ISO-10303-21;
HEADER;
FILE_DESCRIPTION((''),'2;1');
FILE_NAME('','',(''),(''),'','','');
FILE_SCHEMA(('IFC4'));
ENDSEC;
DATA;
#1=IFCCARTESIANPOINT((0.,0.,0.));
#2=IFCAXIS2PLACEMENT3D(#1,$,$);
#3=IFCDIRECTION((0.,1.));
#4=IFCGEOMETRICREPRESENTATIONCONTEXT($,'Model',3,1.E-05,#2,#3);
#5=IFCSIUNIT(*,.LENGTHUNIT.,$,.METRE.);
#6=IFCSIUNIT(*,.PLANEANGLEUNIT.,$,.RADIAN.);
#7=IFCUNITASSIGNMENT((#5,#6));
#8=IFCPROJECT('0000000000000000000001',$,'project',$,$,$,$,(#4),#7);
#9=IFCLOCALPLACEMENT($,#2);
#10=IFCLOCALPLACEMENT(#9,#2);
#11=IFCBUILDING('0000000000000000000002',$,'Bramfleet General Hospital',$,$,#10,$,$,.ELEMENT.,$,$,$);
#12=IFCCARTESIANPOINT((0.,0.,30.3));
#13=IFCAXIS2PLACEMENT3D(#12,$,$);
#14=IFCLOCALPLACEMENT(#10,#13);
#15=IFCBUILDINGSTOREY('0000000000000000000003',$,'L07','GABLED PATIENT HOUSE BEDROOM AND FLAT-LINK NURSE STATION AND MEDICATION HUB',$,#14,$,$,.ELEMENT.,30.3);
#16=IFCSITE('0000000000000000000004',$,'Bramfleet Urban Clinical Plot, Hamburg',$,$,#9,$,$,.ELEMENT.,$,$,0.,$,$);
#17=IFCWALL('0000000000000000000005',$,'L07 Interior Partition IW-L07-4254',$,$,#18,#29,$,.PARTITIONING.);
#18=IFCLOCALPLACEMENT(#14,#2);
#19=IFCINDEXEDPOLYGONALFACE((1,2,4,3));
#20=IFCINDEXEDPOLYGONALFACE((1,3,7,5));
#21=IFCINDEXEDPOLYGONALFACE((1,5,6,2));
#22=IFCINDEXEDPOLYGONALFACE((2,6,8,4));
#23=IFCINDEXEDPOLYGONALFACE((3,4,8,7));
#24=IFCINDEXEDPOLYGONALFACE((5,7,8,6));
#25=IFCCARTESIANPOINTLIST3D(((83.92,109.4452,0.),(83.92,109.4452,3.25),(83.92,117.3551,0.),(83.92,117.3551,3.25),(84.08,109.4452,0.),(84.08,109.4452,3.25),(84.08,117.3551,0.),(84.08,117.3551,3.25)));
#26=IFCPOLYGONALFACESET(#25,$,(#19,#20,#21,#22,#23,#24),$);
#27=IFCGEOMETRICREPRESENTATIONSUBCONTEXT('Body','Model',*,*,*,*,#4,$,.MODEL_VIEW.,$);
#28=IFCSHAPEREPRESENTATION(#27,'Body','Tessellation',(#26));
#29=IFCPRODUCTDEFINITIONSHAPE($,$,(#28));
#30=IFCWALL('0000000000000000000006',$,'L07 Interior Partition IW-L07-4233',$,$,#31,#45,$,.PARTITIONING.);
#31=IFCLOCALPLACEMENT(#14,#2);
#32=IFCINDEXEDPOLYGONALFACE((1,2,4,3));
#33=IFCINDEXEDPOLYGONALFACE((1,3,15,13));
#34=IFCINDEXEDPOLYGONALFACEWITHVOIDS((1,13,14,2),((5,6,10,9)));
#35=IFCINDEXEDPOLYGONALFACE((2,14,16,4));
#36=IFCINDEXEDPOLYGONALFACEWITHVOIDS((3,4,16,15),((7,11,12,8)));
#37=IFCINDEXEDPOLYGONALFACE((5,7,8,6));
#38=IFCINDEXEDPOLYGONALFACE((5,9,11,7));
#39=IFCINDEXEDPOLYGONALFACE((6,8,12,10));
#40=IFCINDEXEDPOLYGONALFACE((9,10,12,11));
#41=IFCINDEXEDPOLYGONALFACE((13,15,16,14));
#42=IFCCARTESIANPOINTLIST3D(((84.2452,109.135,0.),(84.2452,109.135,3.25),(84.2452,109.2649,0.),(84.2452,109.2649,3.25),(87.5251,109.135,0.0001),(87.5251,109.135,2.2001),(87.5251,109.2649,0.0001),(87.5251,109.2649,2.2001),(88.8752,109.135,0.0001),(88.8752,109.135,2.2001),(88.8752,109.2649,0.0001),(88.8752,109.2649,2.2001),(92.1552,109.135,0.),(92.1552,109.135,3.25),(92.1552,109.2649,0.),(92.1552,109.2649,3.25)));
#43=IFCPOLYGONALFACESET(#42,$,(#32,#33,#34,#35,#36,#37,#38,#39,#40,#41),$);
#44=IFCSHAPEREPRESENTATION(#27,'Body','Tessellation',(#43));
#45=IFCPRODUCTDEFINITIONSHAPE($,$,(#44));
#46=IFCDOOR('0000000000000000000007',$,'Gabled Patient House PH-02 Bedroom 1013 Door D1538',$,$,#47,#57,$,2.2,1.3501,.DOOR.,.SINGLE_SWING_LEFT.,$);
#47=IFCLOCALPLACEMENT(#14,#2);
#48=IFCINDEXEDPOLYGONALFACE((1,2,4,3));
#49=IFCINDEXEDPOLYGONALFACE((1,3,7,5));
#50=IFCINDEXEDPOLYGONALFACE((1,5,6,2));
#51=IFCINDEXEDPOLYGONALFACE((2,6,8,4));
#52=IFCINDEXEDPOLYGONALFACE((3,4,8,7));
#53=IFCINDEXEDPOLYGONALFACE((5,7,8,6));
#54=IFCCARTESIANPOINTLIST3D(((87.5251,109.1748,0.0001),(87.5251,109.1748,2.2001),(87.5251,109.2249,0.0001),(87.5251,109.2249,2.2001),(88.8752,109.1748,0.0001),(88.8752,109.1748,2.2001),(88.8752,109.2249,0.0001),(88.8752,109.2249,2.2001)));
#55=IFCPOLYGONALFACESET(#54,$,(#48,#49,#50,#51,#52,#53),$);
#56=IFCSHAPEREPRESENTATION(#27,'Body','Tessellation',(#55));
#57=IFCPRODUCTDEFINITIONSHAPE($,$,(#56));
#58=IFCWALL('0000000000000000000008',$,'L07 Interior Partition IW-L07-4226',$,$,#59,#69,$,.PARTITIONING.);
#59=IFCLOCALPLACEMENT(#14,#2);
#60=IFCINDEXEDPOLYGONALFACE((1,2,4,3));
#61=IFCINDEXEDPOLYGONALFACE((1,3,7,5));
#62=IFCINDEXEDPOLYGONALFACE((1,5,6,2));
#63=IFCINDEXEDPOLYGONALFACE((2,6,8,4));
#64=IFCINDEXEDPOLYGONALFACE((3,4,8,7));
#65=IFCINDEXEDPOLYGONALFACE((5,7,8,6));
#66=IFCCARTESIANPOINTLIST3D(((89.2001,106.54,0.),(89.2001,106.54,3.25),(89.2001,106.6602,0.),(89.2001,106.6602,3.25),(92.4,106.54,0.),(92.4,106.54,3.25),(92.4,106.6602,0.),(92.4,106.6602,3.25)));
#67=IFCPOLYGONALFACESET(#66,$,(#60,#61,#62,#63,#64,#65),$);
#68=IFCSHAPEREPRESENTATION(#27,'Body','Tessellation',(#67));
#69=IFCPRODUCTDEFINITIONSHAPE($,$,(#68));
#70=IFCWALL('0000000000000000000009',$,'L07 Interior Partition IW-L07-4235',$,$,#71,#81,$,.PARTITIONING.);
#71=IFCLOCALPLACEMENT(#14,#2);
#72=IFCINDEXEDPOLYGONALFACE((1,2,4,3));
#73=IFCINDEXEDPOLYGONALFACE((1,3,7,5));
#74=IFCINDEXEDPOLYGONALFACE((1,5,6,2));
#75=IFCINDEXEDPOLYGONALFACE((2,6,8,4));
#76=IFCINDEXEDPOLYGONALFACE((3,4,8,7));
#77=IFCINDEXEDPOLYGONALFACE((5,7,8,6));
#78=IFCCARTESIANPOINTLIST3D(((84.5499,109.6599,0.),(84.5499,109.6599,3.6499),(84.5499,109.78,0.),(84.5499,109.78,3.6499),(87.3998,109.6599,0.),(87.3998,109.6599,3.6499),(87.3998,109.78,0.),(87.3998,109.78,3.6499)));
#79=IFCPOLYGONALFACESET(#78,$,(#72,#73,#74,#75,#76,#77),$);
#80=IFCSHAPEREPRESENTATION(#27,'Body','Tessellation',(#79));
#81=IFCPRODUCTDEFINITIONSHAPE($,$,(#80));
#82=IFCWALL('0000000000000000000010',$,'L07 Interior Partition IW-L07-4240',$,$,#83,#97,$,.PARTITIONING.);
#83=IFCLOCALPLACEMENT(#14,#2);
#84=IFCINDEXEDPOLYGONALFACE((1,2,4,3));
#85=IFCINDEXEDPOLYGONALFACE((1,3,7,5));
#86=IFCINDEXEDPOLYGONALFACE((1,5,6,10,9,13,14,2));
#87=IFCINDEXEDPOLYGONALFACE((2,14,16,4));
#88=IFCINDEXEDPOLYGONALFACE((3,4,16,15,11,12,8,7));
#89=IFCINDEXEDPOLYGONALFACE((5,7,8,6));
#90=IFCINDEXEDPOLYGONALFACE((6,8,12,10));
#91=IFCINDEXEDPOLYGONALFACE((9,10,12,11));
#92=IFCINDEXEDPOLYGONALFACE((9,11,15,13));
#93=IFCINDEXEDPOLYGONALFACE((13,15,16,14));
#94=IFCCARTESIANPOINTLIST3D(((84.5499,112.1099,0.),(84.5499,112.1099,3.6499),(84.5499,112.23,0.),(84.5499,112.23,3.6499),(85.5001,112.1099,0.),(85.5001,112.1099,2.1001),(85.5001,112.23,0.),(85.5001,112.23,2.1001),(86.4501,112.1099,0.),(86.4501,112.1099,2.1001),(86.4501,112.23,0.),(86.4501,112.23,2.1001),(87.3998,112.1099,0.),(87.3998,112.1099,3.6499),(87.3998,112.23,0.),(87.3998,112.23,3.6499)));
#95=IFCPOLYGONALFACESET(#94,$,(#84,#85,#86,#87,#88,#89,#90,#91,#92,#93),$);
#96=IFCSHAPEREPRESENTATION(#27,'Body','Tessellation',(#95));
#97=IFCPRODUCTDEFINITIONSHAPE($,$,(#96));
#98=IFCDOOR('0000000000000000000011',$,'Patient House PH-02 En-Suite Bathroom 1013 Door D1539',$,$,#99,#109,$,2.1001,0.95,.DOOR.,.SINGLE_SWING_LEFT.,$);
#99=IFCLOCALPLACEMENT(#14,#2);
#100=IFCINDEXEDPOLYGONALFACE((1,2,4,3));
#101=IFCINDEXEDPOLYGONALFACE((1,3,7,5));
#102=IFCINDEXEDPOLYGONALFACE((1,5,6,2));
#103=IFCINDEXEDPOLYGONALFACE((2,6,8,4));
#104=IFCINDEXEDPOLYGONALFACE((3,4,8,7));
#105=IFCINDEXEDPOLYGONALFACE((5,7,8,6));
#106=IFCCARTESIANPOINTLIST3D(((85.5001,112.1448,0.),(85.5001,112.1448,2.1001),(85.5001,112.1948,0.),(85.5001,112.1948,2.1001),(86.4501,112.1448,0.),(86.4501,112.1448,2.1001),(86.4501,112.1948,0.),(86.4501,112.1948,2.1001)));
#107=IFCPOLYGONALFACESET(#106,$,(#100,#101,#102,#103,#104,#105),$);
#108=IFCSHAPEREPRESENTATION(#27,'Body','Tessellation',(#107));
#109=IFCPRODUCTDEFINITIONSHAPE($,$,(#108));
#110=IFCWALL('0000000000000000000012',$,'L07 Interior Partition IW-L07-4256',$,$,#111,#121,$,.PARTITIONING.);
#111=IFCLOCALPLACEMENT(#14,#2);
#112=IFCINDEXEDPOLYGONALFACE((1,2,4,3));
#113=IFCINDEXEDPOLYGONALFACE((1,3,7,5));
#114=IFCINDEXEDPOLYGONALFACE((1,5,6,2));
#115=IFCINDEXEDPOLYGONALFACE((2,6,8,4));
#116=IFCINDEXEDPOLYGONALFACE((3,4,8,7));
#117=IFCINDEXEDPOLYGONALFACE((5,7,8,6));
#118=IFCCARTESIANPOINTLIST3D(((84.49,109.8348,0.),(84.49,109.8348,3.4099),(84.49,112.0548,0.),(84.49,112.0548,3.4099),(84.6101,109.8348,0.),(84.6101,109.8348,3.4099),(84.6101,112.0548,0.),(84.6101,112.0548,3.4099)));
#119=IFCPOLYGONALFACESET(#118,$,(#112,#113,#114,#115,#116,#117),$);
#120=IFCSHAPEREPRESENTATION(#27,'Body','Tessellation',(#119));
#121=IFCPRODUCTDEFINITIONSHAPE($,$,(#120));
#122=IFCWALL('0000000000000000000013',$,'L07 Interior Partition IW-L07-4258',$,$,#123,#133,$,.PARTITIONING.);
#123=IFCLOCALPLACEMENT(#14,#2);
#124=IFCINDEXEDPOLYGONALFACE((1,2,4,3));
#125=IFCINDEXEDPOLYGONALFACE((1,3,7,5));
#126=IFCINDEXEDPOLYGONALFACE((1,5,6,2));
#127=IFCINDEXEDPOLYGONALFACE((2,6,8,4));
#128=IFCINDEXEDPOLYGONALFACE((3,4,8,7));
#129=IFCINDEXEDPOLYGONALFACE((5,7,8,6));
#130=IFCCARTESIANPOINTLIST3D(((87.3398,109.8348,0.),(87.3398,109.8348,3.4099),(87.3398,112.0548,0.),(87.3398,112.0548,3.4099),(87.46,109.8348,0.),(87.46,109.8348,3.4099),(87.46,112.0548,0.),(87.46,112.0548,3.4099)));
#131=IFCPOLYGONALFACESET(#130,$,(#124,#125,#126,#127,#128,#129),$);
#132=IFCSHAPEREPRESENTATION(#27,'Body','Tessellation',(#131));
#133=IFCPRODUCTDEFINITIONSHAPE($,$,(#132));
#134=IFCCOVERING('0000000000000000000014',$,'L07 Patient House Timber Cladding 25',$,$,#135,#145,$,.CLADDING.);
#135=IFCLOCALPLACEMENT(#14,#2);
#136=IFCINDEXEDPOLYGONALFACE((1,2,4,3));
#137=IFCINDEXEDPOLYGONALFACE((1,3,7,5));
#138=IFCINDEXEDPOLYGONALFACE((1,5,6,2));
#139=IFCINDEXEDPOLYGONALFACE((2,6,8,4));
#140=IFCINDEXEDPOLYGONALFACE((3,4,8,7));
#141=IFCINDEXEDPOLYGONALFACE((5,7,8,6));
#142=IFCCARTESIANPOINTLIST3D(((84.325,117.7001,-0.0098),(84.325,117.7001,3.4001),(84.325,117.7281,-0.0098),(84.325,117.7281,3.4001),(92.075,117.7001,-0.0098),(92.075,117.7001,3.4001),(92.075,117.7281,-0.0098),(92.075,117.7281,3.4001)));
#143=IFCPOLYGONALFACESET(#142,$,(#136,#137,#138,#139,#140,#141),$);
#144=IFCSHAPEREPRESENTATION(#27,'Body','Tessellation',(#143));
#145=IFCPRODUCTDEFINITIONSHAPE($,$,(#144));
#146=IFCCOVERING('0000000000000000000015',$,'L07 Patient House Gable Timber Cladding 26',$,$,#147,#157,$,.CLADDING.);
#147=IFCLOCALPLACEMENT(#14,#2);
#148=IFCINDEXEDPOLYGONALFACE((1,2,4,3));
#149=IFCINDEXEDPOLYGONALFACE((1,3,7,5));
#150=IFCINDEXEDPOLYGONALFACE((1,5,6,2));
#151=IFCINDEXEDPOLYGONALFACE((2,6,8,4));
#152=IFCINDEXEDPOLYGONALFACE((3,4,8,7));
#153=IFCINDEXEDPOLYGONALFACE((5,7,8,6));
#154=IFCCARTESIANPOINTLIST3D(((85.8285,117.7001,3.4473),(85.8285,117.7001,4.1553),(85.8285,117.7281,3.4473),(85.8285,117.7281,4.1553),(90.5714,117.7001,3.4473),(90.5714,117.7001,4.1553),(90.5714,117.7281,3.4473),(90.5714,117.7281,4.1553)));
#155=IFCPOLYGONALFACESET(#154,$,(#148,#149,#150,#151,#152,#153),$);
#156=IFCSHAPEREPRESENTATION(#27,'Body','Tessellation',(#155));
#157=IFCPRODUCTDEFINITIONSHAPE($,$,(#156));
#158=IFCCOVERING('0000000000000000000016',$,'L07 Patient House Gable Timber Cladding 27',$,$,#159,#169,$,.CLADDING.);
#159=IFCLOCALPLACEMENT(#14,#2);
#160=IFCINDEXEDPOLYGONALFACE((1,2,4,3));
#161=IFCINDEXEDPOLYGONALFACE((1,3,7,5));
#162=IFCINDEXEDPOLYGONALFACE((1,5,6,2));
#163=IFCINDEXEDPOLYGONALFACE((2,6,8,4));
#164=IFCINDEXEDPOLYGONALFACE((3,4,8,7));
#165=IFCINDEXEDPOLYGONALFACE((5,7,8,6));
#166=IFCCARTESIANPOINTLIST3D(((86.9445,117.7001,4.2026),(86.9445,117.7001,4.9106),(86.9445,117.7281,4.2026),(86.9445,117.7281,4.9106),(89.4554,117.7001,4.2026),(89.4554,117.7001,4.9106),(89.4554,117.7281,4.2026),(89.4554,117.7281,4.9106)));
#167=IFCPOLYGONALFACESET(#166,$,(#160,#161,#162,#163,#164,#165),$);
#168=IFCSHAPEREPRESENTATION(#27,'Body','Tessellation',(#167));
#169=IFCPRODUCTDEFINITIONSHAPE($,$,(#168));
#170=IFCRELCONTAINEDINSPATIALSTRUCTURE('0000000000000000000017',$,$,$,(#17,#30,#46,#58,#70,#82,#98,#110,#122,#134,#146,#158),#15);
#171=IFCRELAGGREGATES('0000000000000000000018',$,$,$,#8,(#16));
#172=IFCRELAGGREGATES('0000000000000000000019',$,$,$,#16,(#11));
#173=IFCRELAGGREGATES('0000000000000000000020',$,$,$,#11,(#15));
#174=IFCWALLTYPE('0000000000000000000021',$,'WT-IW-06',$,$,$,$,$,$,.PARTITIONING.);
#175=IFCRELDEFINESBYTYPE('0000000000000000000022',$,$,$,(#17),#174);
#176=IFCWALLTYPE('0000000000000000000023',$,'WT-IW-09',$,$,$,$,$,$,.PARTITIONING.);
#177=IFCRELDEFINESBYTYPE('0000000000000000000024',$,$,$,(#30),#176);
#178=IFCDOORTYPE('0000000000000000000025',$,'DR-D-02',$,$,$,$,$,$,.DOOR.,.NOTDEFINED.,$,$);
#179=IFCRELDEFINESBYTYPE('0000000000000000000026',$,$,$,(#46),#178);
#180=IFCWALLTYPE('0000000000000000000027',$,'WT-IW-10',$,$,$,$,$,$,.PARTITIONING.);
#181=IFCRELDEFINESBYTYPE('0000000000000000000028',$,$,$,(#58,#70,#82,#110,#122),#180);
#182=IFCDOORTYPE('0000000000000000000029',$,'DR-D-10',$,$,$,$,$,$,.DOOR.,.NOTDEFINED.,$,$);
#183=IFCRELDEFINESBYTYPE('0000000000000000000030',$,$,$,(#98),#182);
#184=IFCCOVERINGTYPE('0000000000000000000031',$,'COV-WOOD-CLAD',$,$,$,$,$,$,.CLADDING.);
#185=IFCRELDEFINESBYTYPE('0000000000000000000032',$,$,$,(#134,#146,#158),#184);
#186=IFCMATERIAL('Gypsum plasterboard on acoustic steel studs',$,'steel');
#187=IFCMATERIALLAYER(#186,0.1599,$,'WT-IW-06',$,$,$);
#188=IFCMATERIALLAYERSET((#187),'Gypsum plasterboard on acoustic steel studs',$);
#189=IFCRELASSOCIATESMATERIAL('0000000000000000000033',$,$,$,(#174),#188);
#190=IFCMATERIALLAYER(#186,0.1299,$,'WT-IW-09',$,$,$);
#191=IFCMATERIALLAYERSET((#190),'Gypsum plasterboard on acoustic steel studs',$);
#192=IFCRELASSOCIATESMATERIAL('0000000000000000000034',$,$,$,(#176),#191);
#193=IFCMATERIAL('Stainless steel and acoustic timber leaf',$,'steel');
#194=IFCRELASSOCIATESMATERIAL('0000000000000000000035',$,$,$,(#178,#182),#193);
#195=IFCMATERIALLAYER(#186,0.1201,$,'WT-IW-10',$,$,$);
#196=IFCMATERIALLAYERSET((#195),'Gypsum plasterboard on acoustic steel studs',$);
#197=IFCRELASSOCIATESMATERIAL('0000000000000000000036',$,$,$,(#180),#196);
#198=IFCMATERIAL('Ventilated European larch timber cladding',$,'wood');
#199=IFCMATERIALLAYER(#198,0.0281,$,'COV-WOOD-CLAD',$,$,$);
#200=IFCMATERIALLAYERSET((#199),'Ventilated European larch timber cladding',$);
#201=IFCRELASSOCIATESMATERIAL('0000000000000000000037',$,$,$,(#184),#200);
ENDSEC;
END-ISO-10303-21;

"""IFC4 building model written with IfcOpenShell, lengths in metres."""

from ifc_helpers import new_model, si_unit, direction, frame, frame_2d, origin, origin_2d, place, context, subcontext, project, spatial, rectangle, extrude, material, layer, layer_set, type_object, element, fill, save


model = new_model("IFC4")

# Units and contexts
model_context = context("Model", 3, precision=1e-05, world=origin(), true_north=direction((0.0, 1.0)))
body_context = subcontext(model_context, "Body", "Model", "MODEL_VIEW")
ifc_project = project(units=[si_unit("LENGTHUNIT", "METRE"), si_unit("PLANEANGLEUNIT", "RADIAN")], contexts=[model_context])

# Site, building, storey
site_placement = place(None, origin())
site = spatial("IfcSite", under=ifc_project, at=site_placement, Name="Bramfleet Urban Clinical Plot, Hamburg", CompositionType="ELEMENT", RefElevation=0.0)
building_placement = place(site_placement, origin())
building = spatial("IfcBuilding", under=site, at=building_placement, Name="Bramfleet General Hospital", CompositionType="ELEMENT")
storey_placement = place(building_placement, frame((0.0, 0.0, 30.3)))
storey = spatial("IfcBuildingStorey", under=building, at=storey_placement, Name="L07", Description="GABLED PATIENT HOUSE BEDROOM AND FLAT-LINK NURSE STATION AND MEDICATION HUB", CompositionType="ELEMENT", Elevation=30.3)

# Wall
ifc_material_1 = material(Name="Gypsum plasterboard on acoustic steel studs", Category="steel")
ifc_layer_1 = layer(ifc_material_1, 0.1599, Name="WT-IW-06")
ifc_layer_set_1 = layer_set([ifc_layer_1], Name="Gypsum plasterboard on acoustic steel studs")
wall_type_1 = type_object("IfcWallType", Name="WT-IW-06", PredefinedType="PARTITIONING", material=ifc_layer_set_1)
wall_1_placement = place(storey_placement, frame((84.0, 109.4451, 0.0), z_axis=(0.0, 0.0, 1.0), x_axis=(0.0, 1.0, 0.0)))
element("IfcWall", 1, at=wall_1_placement, inside=storey, type_object=wall_type_1, Name="L07 Interior Partition IW-L07-4254", PredefinedType="PARTITIONING", context=body_context, shape_type="SweptSolid", body=[
    extrude(rectangle(XDim=7.9099, YDim=0.1599, at=frame_2d((3.9551, 0.0))), origin(), (0.0, 0.0, 1.0), 3.25),
])

# Wall, opening, door
ifc_layer_2 = layer(ifc_material_1, 0.1299, Name="WT-IW-09")
ifc_layer_set_2 = layer_set([ifc_layer_2], Name="Gypsum plasterboard on acoustic steel studs")
wall_type_2 = type_object("IfcWallType", Name="WT-IW-09", PredefinedType="PARTITIONING", material=ifc_layer_set_2)
wall_2_placement = place(storey_placement, frame((84.2451, 109.2, 0.0), z_axis=(0.0, 0.0, 1.0), x_axis=(1.0, 0.0, 0.0)))
wall_2 = element("IfcWall", 2, at=wall_2_placement, inside=storey, type_object=wall_type_2, Name="L07 Interior Partition IW-L07-4233", PredefinedType="PARTITIONING", context=body_context, shape_type="SweptSolid", body=[
    extrude(rectangle(XDim=7.9099, YDim=0.1299, at=frame_2d((3.9551, 0.0))), origin(), (0.0, 0.0, 1.0), 3.25),
])
opening_1_placement = place(wall_2_placement, frame((3.28, 0.0, 0.0)))
opening_1 = element("IfcOpeningElement", 3, at=opening_1_placement, cuts=wall_2, PredefinedType="OPENING", context=body_context, shape_type="SweptSolid", body=[
    extrude(rectangle(XDim=1.3501, YDim=2.2, at=frame_2d((0.675, 1.1001))), frame((0.0, 0.075, 0.0), z_axis=(0.0, -1.0, 0.0), x_axis=(1.0, 0.0, 0.0)), (0.0, 0.0, 1.0), 0.1499),
])
ifc_material_2 = material(Name="Stainless steel and acoustic timber leaf", Category="steel")
door_type_1 = type_object("IfcDoorType", Name="DR-D-02", OperationType="NOTDEFINED", PredefinedType="DOOR", material=ifc_material_2)
door_1_placement = place(opening_1_placement, origin())
door_1 = element("IfcDoor", 4, at=door_1_placement, inside=storey, type_object=door_type_1, Name="Gabled Patient House PH-02 Bedroom 1013 Door D1538", OperationType="SINGLE_SWING_LEFT", OverallHeight=2.2, OverallWidth=1.3501, PredefinedType="DOOR", context=body_context, shape_type="SweptSolid", body=[
    extrude(rectangle(XDim=1.3501, YDim=2.2, at=frame_2d((0.675, 1.1001))), frame((0.0, 0.0249, 0.0), z_axis=(0.0, -1.0, 0.0), x_axis=(1.0, 0.0, 0.0)), (0.0, 0.0, 1.0), 0.05),
])
fill(opening_1, door_1)

# Walls
ifc_layer_3 = layer(ifc_material_1, 0.1201, Name="WT-IW-10")
ifc_layer_set_3 = layer_set([ifc_layer_3], Name="Gypsum plasterboard on acoustic steel studs")
wall_type_3 = type_object("IfcWallType", Name="WT-IW-10", PredefinedType="PARTITIONING", material=ifc_layer_set_3)
wall_3_placement = place(storey_placement, frame((89.2, 106.6001, 0.0), z_axis=(0.0, 0.0, 1.0), x_axis=(1.0, 0.0, 0.0)))
element("IfcWall", 5, at=wall_3_placement, inside=storey, type_object=wall_type_3, Name="L07 Interior Partition IW-L07-4226", PredefinedType="PARTITIONING", context=body_context, shape_type="SweptSolid", body=[
    extrude(rectangle(XDim=3.2, YDim=0.1201, at=frame_2d((1.6001, 0.0))), origin(), (0.0, 0.0, 1.0), 3.25),
])
wall_4_placement = place(storey_placement, frame((84.55, 109.72, 0.0), z_axis=(0.0, 0.0, 1.0), x_axis=(1.0, 0.0, 0.0)))
element("IfcWall", 6, at=wall_4_placement, inside=storey, type_object=wall_type_3, Name="L07 Interior Partition IW-L07-4235", PredefinedType="PARTITIONING", context=body_context, shape_type="SweptSolid", body=[
    extrude(rectangle(XDim=2.8499, YDim=0.1201, at=frame_2d((1.4248, 0.0))), origin(), (0.0, 0.0, 1.0), 3.6499),
])

# Wall, opening, door
wall_5_placement = place(storey_placement, frame((84.55, 112.1699, 0.0), z_axis=(0.0, 0.0, 1.0), x_axis=(1.0, 0.0, 0.0)))
wall_5 = element("IfcWall", 7, at=wall_5_placement, inside=storey, type_object=wall_type_3, Name="L07 Interior Partition IW-L07-4240", PredefinedType="PARTITIONING", context=body_context, shape_type="SweptSolid", body=[
    extrude(rectangle(XDim=2.8499, YDim=0.1201, at=frame_2d((1.4248, 0.0))), origin(), (0.0, 0.0, 1.0), 3.6499),
])
opening_2_placement = place(wall_5_placement, frame((0.95, 0.0, 0.0)))
opening_2 = element("IfcOpeningElement", 8, at=opening_2_placement, cuts=wall_5, PredefinedType="OPENING", context=body_context, shape_type="SweptSolid", body=[
    extrude(rectangle(XDim=0.95, YDim=2.1001, at=frame_2d((0.4751, 1.05))), frame((0.0, 0.0701, 0.0), z_axis=(0.0, -1.0, 0.0), x_axis=(1.0, 0.0, 0.0)), (0.0, 0.0, 1.0), 0.1401),
])
door_type_2 = type_object("IfcDoorType", Name="DR-D-10", OperationType="NOTDEFINED", PredefinedType="DOOR", material=ifc_material_2)
door_2_placement = place(opening_2_placement, origin())
door_2 = element("IfcDoor", 9, at=door_2_placement, inside=storey, type_object=door_type_2, Name="Patient House PH-02 En-Suite Bathroom 1013 Door D1539", OperationType="SINGLE_SWING_LEFT", OverallHeight=2.1001, OverallWidth=0.95, PredefinedType="DOOR", context=body_context, shape_type="SweptSolid", body=[
    extrude(rectangle(XDim=0.95, YDim=2.1001, at=frame_2d((0.4751, 1.05))), frame((0.0, 0.0249, 0.0), z_axis=(0.0, -1.0, 0.0), x_axis=(1.0, 0.0, 0.0)), (0.0, 0.0, 1.0), 0.05),
])
fill(opening_2, door_2)

# Walls
for number, where, z_axis, x_axis, name in (
    (10, (84.55, 109.835, 0.0), (0.0, 0.0, 1.0), (0.0, 1.0, 0.0), "L07 Interior Partition IW-L07-4256"),
    (11, (87.3999, 109.835, 0.0), (0.0, 0.0, 1.0), (0.0, 1.0, 0.0), "L07 Interior Partition IW-L07-4258"),
):
    element("IfcWall", number, at=place(storey_placement, frame(where, z_axis=z_axis, x_axis=x_axis)), inside=storey, type_object=wall_type_3, Name=name, PredefinedType="PARTITIONING", context=body_context, shape_type="SweptSolid", body=[
        extrude(rectangle(XDim=2.22, YDim=0.1201, at=frame_2d((1.1099, 0.0))), origin(), (0.0, 0.0, 1.0), 3.4099),
    ])

# Coverings
ifc_material_3 = material(Name="Ventilated European larch timber cladding", Category="wood")
ifc_layer_4 = layer(ifc_material_3, 0.0281, Name="COV-WOOD-CLAD")
ifc_layer_set_4 = layer_set([ifc_layer_4], Name="Ventilated European larch timber cladding")
covering_type = type_object("IfcCoveringType", Name="COV-WOOD-CLAD", PredefinedType="CLADDING", material=ifc_layer_set_4)
covering_1_placement = place(storey_placement, frame((88.2, 117.7141, -0.0098), z_axis=(0.0, 0.0, 1.0), x_axis=(1.0, 0.0, 0.0)))
element("IfcCovering", 12, at=covering_1_placement, inside=storey, type_object=covering_type, Name="L07 Patient House Timber Cladding 25", PredefinedType="CLADDING", context=body_context, shape_type="SweptSolid", body=[
    extrude(rectangle(XDim=7.75, YDim=0.0281, at=origin_2d()), origin(), (0.0, 0.0, 1.0), 3.4099),
])
covering_2_placement = place(storey_placement, frame((88.2, 117.7141, 3.4473), z_axis=(0.0, 0.0, 1.0), x_axis=(1.0, 0.0, 0.0)))
element("IfcCovering", 13, at=covering_2_placement, inside=storey, type_object=covering_type, Name="L07 Patient House Gable Timber Cladding 26", PredefinedType="CLADDING", context=body_context, shape_type="SweptSolid", body=[
    extrude(rectangle(XDim=4.7429, YDim=0.0281, at=origin_2d()), origin(), (0.0, 0.0, 1.0), 0.708),
])
covering_3_placement = place(storey_placement, frame((88.2, 117.7141, 4.2026), z_axis=(0.0, 0.0, 1.0), x_axis=(1.0, 0.0, 0.0)))
element("IfcCovering", 14, at=covering_3_placement, inside=storey, type_object=covering_type, Name="L07 Patient House Gable Timber Cladding 27", PredefinedType="CLADDING", context=body_context, shape_type="SweptSolid", body=[
    extrude(rectangle(XDim=2.511, YDim=0.0281, at=origin_2d()), origin(), (0.0, 0.0, 1.0), 0.708),
])

save(model, "model.ifc")
